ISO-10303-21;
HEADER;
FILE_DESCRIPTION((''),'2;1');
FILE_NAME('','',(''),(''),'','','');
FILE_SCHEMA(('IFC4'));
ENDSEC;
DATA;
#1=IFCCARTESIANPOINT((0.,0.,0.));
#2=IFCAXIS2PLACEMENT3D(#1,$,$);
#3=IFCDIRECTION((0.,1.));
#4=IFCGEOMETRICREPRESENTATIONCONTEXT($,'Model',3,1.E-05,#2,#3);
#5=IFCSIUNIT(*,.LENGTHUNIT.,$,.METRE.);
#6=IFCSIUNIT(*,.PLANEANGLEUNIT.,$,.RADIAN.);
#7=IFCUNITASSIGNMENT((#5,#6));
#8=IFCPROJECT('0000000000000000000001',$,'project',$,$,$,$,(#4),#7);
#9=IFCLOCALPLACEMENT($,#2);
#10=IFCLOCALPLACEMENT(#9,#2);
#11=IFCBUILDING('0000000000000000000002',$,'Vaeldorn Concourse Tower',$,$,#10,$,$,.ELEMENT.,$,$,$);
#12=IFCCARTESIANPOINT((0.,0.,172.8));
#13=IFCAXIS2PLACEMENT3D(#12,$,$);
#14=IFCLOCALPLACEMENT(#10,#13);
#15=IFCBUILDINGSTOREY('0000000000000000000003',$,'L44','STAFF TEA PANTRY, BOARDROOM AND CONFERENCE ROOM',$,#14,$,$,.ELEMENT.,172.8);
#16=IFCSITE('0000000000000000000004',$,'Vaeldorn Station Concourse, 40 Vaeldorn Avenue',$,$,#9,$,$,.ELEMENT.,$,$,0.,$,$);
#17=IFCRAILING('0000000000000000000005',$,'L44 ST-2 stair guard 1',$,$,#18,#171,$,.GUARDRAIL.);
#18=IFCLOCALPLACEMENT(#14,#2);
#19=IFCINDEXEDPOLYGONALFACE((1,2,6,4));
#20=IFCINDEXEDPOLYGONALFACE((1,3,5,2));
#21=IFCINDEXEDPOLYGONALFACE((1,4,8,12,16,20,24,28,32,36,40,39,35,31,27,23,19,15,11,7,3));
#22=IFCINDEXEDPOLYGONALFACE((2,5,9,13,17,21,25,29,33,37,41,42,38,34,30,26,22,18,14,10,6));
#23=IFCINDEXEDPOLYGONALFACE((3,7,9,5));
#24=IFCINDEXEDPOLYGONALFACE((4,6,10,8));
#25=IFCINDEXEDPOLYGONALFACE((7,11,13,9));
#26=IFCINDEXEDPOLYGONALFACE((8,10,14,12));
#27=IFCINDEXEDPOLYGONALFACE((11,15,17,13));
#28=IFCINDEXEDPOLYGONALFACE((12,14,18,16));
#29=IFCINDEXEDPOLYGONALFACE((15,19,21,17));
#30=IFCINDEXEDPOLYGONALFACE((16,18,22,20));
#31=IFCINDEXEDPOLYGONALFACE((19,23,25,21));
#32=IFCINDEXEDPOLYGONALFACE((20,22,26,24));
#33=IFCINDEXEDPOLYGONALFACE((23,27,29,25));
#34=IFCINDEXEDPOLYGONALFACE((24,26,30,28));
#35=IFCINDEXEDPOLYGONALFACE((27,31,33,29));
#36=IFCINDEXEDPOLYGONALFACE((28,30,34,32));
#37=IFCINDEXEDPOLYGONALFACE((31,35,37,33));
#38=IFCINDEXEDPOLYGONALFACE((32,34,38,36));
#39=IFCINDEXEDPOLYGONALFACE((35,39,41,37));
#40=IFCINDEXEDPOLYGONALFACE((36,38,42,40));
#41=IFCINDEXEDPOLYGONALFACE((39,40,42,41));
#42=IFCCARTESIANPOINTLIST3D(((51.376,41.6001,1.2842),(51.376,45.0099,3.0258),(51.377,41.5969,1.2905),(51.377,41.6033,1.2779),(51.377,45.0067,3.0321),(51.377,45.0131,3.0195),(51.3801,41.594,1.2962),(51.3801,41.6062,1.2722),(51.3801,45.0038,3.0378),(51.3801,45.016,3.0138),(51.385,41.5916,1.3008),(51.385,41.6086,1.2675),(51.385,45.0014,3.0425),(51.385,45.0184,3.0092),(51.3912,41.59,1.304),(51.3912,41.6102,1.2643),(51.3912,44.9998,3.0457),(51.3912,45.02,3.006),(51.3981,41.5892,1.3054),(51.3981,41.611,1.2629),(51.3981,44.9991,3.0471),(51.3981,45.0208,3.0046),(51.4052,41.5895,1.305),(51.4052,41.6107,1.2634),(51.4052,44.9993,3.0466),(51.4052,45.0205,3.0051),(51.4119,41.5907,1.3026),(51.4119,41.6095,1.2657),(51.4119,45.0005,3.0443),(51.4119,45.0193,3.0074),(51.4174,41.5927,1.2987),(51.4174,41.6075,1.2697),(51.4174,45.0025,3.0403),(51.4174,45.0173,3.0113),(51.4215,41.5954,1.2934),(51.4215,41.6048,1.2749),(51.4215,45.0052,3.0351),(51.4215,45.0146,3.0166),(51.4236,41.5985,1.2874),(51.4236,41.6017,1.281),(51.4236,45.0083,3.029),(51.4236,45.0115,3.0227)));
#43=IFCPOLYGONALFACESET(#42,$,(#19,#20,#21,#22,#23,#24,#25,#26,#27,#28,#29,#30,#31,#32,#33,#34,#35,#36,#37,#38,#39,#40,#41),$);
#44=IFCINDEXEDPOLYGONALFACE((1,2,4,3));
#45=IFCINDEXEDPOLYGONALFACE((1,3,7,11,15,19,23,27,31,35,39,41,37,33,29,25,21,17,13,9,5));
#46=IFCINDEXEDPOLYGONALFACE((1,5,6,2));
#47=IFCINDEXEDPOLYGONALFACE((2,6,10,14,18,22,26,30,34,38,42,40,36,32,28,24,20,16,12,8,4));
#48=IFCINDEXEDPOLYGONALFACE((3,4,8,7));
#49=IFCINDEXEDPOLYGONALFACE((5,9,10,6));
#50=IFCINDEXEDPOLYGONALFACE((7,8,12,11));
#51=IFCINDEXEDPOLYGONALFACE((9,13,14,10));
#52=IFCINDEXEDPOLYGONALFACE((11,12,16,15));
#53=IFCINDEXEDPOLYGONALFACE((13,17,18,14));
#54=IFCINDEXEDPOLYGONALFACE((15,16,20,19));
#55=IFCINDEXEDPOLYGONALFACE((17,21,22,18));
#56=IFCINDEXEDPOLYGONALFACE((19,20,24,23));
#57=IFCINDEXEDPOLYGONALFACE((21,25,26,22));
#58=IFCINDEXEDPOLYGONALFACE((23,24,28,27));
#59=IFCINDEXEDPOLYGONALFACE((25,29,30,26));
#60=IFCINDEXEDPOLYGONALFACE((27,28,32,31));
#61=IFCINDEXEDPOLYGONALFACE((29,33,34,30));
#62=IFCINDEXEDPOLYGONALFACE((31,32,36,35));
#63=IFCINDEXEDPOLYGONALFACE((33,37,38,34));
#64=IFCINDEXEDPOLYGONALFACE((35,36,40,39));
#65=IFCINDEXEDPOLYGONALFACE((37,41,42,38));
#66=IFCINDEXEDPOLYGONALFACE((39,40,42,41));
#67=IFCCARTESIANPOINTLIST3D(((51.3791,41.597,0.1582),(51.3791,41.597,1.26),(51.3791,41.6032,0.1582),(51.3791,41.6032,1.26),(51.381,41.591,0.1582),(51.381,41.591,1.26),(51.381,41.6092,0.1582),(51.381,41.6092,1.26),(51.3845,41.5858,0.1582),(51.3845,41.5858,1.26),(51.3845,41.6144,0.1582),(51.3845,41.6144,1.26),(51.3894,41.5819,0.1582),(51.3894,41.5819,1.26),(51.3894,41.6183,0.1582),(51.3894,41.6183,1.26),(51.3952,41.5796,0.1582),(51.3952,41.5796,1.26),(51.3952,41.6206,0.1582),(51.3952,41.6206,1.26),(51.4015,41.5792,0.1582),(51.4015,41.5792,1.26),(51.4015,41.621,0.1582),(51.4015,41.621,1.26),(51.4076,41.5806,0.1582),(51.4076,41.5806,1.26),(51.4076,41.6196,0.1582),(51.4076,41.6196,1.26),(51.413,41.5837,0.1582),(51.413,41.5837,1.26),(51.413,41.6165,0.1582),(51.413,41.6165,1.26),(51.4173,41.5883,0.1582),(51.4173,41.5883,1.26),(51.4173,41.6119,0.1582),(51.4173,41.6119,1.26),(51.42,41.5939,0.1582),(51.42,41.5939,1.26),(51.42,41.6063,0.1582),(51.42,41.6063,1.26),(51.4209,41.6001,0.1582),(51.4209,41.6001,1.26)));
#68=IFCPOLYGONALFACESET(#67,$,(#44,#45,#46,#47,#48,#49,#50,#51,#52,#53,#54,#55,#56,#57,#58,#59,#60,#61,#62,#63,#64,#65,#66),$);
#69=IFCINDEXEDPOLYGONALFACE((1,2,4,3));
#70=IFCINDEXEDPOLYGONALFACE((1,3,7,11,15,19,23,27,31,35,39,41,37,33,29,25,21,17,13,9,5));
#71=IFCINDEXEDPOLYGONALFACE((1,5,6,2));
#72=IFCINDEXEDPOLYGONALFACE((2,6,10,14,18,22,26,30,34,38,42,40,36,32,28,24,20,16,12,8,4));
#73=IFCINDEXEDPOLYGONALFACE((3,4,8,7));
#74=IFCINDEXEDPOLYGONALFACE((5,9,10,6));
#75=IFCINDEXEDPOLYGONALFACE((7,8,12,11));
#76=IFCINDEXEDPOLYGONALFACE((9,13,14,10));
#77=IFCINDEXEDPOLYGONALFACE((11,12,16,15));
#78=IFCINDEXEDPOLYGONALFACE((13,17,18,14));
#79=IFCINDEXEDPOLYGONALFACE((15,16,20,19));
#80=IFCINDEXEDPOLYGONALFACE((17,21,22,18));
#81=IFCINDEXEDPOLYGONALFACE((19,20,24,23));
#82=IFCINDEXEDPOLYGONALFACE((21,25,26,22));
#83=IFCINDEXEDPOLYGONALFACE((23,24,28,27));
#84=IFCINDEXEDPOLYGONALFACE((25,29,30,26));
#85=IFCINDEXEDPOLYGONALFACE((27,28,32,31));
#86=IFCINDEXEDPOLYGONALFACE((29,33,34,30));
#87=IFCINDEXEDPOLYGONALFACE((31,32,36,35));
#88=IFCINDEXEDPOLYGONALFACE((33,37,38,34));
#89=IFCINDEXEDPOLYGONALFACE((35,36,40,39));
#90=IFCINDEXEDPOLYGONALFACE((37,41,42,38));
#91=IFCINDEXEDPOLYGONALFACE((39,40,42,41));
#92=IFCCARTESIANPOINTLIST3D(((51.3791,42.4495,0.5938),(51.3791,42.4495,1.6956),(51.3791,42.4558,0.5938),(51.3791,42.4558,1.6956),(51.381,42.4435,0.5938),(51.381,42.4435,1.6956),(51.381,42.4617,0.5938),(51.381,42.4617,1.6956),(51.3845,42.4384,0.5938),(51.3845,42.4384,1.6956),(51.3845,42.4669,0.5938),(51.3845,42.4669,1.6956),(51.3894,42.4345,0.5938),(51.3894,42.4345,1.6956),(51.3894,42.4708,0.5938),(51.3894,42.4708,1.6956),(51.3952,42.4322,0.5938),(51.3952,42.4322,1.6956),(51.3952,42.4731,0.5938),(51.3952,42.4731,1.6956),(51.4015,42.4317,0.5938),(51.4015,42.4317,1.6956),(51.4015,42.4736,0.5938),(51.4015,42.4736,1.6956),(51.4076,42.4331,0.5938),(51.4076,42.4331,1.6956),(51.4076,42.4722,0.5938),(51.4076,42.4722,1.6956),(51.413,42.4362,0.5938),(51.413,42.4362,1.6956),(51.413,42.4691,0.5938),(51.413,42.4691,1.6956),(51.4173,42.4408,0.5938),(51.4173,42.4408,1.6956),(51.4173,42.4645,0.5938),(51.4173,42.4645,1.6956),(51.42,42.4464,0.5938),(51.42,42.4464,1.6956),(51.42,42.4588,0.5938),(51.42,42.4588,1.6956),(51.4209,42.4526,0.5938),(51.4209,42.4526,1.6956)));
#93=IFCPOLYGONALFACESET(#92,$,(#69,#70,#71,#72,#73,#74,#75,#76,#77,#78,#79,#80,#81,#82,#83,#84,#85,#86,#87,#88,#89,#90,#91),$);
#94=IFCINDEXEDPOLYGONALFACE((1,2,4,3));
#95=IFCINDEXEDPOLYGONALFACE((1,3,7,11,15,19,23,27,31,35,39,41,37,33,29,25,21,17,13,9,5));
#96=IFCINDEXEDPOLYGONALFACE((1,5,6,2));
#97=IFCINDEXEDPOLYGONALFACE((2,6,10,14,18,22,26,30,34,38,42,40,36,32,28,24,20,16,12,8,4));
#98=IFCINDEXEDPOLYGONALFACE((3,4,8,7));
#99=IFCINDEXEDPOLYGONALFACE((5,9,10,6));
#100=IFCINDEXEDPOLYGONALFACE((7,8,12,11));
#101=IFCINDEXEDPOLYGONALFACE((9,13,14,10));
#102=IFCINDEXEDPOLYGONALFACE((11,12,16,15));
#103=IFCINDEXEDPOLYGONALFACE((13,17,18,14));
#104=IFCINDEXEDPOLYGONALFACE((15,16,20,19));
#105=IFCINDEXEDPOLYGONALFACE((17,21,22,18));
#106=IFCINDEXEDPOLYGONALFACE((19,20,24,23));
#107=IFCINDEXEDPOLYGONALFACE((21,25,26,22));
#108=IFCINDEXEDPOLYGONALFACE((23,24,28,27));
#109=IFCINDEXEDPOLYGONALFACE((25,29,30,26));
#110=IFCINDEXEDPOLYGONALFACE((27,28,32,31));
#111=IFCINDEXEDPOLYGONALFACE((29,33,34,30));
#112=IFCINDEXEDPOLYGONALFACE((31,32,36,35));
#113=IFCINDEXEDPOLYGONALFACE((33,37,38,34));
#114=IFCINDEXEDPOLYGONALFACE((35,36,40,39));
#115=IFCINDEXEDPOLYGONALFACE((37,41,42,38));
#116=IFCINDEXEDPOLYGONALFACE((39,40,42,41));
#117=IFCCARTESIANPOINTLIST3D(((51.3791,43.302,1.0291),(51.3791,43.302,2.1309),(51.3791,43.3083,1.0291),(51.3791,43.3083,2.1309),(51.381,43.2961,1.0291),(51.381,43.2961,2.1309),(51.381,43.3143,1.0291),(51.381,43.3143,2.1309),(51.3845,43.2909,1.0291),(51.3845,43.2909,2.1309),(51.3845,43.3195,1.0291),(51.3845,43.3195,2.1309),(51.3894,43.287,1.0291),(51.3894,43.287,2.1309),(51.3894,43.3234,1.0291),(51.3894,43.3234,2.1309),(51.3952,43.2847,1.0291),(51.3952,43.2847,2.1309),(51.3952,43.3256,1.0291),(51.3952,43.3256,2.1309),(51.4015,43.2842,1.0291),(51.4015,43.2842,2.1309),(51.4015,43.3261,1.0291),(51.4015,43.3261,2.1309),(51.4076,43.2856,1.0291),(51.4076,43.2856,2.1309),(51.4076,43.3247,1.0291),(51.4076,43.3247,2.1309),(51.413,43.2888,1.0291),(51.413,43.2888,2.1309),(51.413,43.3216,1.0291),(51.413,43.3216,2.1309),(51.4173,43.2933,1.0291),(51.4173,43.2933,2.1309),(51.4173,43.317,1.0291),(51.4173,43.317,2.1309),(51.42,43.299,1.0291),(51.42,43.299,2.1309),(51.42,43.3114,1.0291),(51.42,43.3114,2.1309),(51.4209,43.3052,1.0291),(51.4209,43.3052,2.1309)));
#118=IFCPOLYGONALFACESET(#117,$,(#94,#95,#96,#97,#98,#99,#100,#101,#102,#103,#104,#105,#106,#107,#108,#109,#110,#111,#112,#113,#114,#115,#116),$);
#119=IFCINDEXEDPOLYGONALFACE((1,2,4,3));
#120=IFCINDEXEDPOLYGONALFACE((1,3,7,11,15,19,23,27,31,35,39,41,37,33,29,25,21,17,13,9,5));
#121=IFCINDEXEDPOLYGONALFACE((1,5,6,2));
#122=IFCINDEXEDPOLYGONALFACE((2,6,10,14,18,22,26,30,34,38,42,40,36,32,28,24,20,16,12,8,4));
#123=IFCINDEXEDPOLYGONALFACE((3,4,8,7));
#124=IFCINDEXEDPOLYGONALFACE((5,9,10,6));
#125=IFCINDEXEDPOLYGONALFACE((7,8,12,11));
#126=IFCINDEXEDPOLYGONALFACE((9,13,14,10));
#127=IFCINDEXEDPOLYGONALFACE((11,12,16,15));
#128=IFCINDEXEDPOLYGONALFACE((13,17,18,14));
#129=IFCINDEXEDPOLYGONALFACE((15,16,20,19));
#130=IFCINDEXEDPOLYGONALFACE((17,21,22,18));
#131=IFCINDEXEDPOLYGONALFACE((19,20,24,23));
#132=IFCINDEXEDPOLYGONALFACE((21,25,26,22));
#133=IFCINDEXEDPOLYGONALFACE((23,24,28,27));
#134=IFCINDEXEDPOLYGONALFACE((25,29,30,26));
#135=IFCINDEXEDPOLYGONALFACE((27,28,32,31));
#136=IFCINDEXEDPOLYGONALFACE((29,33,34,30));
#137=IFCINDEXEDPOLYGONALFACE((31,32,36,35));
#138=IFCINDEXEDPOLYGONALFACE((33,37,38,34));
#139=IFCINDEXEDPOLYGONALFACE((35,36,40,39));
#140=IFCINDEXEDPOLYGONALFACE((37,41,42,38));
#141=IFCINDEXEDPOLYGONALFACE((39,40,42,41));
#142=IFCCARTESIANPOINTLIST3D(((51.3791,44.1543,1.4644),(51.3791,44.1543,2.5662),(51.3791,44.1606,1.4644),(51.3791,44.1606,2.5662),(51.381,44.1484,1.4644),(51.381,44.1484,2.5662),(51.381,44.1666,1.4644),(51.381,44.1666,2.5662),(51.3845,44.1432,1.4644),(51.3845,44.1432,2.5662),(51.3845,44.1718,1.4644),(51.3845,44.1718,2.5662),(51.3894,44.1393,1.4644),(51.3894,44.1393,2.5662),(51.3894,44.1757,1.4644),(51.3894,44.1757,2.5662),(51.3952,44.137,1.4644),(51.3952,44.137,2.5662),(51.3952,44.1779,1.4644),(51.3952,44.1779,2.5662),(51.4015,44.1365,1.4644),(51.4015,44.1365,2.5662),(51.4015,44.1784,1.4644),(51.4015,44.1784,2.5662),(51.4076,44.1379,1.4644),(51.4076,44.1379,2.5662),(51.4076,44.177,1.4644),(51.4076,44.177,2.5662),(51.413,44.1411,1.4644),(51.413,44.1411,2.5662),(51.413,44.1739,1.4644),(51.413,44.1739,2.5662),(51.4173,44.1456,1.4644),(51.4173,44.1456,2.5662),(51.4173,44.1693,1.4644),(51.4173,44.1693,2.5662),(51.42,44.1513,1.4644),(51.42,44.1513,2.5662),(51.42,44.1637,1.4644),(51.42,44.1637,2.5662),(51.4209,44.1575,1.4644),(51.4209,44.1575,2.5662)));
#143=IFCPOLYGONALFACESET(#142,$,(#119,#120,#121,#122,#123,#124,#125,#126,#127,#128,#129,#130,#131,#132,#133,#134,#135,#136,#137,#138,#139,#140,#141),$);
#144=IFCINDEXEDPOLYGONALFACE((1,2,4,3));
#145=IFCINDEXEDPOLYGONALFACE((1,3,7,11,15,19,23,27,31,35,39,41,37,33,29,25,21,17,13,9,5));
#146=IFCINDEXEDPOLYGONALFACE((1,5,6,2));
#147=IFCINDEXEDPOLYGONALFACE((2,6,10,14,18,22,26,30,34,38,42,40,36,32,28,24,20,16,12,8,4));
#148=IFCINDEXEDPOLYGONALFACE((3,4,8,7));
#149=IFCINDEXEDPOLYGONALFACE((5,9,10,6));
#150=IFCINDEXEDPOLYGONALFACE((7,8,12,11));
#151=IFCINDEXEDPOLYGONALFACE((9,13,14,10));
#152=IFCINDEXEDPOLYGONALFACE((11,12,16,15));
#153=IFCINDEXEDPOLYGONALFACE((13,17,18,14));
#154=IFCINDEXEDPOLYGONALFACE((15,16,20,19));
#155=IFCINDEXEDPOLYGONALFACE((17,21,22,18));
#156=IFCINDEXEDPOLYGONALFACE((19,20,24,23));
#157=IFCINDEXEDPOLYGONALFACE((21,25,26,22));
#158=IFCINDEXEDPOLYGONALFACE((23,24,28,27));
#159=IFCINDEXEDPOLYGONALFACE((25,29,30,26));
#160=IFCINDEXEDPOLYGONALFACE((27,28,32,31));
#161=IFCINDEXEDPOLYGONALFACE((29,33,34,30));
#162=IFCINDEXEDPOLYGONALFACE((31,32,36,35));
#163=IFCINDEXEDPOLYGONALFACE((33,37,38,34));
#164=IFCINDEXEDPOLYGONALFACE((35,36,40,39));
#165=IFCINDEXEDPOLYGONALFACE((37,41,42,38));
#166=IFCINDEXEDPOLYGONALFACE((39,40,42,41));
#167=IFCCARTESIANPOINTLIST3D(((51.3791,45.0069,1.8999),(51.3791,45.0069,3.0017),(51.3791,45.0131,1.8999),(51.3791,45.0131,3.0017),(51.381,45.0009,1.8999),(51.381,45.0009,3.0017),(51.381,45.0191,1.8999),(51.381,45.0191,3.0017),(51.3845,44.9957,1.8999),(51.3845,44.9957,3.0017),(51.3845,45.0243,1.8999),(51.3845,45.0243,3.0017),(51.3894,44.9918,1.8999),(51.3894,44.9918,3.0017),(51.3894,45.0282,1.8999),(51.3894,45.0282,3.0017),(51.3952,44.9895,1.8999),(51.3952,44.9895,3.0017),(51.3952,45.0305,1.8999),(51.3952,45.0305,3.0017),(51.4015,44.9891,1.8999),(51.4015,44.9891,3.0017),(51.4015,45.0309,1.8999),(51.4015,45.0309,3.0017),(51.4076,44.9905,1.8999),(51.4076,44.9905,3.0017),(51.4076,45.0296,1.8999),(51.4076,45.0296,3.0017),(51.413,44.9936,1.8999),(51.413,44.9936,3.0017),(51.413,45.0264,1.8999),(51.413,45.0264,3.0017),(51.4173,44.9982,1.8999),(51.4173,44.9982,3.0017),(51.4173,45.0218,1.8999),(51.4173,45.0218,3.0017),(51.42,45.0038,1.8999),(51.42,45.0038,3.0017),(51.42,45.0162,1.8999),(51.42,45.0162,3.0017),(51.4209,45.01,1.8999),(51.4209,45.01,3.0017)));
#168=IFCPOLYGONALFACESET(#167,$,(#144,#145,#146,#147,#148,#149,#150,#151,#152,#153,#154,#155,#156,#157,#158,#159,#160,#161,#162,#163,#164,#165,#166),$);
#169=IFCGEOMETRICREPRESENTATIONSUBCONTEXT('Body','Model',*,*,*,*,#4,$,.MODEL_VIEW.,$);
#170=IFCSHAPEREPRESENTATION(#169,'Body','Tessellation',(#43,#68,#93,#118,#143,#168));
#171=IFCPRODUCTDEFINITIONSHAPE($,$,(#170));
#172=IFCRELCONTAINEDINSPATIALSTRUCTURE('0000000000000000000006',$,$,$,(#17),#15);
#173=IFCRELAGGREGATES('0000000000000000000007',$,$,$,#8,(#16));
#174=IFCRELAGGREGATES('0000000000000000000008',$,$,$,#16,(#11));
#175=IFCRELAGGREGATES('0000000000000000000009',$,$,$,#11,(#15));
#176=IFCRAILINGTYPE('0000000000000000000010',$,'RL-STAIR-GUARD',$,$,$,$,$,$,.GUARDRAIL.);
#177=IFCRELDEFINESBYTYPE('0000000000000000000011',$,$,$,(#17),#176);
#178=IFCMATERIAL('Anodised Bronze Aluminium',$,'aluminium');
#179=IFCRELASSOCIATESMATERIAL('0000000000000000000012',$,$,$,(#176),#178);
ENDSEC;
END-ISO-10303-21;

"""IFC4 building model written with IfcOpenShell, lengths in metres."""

from ifc_helpers import new_model, si_unit, direction, frame, origin, origin_2d, place, context, subcontext, project, spatial, circle, extrude, material, type_object, element, save


model = new_model("IFC4")

# Units and contexts
model_context = context("Model", 3, precision=1e-05, world=origin(), true_north=direction((0.0, 1.0)))
body_context = subcontext(model_context, "Body", "Model", "MODEL_VIEW")
ifc_project = project(units=[si_unit("LENGTHUNIT", "METRE"), si_unit("PLANEANGLEUNIT", "RADIAN")], contexts=[model_context])

# Site, building, storey
site_placement = place(None, origin())
site = spatial("IfcSite", under=ifc_project, at=site_placement, Name="Vaeldorn Station Concourse, 40 Vaeldorn Avenue", CompositionType="ELEMENT", RefElevation=0.0)
building_placement = place(site_placement, origin())
building = spatial("IfcBuilding", under=site, at=building_placement, Name="Vaeldorn Concourse Tower", CompositionType="ELEMENT")
storey_placement = place(building_placement, frame((0.0, 0.0, 172.8)))
storey = spatial("IfcBuildingStorey", under=building, at=storey_placement, Name="L44", Description="STAFF TEA PANTRY, BOARDROOM AND CONFERENCE ROOM", CompositionType="ELEMENT", Elevation=172.8)

# Shared definitions
ifc_material_1 = material(Name="Anodised Bronze Aluminium", Category="aluminium")

# Railing
railing_type_1 = type_object("IfcRailingType", Name="RL-STAIR-GUARD", PredefinedType="GUARDRAIL", material=ifc_material_1)
railing_1_placement = place(storey_placement, frame((51.3999, 41.6001, 0.1582)))
element("IfcRailing", 1, at=railing_1_placement, inside=storey, type_object=railing_type_1, Name="L44 ST-2 stair guard 1", PredefinedType="GUARDRAIL", context=body_context, shape_type="SweptSolid", body=[
    extrude(circle(Radius=0.0239, at=origin_2d()), frame((0.0, 0.0, 1.126), z_axis=(0.0, 0.890556, 0.454874), x_axis=(-1.0, 0.0, 0.0)), (0.0, 0.0, 1.0), 3.8289),
    extrude(circle(Radius=0.021, at=origin_2d()), origin(), (0.0, 0.0, 1.0), 1.1018),
    extrude(circle(Radius=0.021, at=origin_2d()), frame((0.0, 0.8525, 0.4355)), (0.0, 0.0, 1.0), 1.1018),
    extrude(circle(Radius=0.021, at=origin_2d()), frame((0.0, 1.7051, 0.8708)), (0.0, 0.0, 1.0), 1.1018),
    extrude(circle(Radius=0.021, at=origin_2d()), frame((0.0, 2.5574, 1.3062)), (0.0, 0.0, 1.0), 1.1018),
    extrude(circle(Radius=0.021, at=origin_2d()), frame((0.0, 3.4099, 1.7417)), (0.0, 0.0, 1.0), 1.1018),
])

save(model, "model.ifc")
